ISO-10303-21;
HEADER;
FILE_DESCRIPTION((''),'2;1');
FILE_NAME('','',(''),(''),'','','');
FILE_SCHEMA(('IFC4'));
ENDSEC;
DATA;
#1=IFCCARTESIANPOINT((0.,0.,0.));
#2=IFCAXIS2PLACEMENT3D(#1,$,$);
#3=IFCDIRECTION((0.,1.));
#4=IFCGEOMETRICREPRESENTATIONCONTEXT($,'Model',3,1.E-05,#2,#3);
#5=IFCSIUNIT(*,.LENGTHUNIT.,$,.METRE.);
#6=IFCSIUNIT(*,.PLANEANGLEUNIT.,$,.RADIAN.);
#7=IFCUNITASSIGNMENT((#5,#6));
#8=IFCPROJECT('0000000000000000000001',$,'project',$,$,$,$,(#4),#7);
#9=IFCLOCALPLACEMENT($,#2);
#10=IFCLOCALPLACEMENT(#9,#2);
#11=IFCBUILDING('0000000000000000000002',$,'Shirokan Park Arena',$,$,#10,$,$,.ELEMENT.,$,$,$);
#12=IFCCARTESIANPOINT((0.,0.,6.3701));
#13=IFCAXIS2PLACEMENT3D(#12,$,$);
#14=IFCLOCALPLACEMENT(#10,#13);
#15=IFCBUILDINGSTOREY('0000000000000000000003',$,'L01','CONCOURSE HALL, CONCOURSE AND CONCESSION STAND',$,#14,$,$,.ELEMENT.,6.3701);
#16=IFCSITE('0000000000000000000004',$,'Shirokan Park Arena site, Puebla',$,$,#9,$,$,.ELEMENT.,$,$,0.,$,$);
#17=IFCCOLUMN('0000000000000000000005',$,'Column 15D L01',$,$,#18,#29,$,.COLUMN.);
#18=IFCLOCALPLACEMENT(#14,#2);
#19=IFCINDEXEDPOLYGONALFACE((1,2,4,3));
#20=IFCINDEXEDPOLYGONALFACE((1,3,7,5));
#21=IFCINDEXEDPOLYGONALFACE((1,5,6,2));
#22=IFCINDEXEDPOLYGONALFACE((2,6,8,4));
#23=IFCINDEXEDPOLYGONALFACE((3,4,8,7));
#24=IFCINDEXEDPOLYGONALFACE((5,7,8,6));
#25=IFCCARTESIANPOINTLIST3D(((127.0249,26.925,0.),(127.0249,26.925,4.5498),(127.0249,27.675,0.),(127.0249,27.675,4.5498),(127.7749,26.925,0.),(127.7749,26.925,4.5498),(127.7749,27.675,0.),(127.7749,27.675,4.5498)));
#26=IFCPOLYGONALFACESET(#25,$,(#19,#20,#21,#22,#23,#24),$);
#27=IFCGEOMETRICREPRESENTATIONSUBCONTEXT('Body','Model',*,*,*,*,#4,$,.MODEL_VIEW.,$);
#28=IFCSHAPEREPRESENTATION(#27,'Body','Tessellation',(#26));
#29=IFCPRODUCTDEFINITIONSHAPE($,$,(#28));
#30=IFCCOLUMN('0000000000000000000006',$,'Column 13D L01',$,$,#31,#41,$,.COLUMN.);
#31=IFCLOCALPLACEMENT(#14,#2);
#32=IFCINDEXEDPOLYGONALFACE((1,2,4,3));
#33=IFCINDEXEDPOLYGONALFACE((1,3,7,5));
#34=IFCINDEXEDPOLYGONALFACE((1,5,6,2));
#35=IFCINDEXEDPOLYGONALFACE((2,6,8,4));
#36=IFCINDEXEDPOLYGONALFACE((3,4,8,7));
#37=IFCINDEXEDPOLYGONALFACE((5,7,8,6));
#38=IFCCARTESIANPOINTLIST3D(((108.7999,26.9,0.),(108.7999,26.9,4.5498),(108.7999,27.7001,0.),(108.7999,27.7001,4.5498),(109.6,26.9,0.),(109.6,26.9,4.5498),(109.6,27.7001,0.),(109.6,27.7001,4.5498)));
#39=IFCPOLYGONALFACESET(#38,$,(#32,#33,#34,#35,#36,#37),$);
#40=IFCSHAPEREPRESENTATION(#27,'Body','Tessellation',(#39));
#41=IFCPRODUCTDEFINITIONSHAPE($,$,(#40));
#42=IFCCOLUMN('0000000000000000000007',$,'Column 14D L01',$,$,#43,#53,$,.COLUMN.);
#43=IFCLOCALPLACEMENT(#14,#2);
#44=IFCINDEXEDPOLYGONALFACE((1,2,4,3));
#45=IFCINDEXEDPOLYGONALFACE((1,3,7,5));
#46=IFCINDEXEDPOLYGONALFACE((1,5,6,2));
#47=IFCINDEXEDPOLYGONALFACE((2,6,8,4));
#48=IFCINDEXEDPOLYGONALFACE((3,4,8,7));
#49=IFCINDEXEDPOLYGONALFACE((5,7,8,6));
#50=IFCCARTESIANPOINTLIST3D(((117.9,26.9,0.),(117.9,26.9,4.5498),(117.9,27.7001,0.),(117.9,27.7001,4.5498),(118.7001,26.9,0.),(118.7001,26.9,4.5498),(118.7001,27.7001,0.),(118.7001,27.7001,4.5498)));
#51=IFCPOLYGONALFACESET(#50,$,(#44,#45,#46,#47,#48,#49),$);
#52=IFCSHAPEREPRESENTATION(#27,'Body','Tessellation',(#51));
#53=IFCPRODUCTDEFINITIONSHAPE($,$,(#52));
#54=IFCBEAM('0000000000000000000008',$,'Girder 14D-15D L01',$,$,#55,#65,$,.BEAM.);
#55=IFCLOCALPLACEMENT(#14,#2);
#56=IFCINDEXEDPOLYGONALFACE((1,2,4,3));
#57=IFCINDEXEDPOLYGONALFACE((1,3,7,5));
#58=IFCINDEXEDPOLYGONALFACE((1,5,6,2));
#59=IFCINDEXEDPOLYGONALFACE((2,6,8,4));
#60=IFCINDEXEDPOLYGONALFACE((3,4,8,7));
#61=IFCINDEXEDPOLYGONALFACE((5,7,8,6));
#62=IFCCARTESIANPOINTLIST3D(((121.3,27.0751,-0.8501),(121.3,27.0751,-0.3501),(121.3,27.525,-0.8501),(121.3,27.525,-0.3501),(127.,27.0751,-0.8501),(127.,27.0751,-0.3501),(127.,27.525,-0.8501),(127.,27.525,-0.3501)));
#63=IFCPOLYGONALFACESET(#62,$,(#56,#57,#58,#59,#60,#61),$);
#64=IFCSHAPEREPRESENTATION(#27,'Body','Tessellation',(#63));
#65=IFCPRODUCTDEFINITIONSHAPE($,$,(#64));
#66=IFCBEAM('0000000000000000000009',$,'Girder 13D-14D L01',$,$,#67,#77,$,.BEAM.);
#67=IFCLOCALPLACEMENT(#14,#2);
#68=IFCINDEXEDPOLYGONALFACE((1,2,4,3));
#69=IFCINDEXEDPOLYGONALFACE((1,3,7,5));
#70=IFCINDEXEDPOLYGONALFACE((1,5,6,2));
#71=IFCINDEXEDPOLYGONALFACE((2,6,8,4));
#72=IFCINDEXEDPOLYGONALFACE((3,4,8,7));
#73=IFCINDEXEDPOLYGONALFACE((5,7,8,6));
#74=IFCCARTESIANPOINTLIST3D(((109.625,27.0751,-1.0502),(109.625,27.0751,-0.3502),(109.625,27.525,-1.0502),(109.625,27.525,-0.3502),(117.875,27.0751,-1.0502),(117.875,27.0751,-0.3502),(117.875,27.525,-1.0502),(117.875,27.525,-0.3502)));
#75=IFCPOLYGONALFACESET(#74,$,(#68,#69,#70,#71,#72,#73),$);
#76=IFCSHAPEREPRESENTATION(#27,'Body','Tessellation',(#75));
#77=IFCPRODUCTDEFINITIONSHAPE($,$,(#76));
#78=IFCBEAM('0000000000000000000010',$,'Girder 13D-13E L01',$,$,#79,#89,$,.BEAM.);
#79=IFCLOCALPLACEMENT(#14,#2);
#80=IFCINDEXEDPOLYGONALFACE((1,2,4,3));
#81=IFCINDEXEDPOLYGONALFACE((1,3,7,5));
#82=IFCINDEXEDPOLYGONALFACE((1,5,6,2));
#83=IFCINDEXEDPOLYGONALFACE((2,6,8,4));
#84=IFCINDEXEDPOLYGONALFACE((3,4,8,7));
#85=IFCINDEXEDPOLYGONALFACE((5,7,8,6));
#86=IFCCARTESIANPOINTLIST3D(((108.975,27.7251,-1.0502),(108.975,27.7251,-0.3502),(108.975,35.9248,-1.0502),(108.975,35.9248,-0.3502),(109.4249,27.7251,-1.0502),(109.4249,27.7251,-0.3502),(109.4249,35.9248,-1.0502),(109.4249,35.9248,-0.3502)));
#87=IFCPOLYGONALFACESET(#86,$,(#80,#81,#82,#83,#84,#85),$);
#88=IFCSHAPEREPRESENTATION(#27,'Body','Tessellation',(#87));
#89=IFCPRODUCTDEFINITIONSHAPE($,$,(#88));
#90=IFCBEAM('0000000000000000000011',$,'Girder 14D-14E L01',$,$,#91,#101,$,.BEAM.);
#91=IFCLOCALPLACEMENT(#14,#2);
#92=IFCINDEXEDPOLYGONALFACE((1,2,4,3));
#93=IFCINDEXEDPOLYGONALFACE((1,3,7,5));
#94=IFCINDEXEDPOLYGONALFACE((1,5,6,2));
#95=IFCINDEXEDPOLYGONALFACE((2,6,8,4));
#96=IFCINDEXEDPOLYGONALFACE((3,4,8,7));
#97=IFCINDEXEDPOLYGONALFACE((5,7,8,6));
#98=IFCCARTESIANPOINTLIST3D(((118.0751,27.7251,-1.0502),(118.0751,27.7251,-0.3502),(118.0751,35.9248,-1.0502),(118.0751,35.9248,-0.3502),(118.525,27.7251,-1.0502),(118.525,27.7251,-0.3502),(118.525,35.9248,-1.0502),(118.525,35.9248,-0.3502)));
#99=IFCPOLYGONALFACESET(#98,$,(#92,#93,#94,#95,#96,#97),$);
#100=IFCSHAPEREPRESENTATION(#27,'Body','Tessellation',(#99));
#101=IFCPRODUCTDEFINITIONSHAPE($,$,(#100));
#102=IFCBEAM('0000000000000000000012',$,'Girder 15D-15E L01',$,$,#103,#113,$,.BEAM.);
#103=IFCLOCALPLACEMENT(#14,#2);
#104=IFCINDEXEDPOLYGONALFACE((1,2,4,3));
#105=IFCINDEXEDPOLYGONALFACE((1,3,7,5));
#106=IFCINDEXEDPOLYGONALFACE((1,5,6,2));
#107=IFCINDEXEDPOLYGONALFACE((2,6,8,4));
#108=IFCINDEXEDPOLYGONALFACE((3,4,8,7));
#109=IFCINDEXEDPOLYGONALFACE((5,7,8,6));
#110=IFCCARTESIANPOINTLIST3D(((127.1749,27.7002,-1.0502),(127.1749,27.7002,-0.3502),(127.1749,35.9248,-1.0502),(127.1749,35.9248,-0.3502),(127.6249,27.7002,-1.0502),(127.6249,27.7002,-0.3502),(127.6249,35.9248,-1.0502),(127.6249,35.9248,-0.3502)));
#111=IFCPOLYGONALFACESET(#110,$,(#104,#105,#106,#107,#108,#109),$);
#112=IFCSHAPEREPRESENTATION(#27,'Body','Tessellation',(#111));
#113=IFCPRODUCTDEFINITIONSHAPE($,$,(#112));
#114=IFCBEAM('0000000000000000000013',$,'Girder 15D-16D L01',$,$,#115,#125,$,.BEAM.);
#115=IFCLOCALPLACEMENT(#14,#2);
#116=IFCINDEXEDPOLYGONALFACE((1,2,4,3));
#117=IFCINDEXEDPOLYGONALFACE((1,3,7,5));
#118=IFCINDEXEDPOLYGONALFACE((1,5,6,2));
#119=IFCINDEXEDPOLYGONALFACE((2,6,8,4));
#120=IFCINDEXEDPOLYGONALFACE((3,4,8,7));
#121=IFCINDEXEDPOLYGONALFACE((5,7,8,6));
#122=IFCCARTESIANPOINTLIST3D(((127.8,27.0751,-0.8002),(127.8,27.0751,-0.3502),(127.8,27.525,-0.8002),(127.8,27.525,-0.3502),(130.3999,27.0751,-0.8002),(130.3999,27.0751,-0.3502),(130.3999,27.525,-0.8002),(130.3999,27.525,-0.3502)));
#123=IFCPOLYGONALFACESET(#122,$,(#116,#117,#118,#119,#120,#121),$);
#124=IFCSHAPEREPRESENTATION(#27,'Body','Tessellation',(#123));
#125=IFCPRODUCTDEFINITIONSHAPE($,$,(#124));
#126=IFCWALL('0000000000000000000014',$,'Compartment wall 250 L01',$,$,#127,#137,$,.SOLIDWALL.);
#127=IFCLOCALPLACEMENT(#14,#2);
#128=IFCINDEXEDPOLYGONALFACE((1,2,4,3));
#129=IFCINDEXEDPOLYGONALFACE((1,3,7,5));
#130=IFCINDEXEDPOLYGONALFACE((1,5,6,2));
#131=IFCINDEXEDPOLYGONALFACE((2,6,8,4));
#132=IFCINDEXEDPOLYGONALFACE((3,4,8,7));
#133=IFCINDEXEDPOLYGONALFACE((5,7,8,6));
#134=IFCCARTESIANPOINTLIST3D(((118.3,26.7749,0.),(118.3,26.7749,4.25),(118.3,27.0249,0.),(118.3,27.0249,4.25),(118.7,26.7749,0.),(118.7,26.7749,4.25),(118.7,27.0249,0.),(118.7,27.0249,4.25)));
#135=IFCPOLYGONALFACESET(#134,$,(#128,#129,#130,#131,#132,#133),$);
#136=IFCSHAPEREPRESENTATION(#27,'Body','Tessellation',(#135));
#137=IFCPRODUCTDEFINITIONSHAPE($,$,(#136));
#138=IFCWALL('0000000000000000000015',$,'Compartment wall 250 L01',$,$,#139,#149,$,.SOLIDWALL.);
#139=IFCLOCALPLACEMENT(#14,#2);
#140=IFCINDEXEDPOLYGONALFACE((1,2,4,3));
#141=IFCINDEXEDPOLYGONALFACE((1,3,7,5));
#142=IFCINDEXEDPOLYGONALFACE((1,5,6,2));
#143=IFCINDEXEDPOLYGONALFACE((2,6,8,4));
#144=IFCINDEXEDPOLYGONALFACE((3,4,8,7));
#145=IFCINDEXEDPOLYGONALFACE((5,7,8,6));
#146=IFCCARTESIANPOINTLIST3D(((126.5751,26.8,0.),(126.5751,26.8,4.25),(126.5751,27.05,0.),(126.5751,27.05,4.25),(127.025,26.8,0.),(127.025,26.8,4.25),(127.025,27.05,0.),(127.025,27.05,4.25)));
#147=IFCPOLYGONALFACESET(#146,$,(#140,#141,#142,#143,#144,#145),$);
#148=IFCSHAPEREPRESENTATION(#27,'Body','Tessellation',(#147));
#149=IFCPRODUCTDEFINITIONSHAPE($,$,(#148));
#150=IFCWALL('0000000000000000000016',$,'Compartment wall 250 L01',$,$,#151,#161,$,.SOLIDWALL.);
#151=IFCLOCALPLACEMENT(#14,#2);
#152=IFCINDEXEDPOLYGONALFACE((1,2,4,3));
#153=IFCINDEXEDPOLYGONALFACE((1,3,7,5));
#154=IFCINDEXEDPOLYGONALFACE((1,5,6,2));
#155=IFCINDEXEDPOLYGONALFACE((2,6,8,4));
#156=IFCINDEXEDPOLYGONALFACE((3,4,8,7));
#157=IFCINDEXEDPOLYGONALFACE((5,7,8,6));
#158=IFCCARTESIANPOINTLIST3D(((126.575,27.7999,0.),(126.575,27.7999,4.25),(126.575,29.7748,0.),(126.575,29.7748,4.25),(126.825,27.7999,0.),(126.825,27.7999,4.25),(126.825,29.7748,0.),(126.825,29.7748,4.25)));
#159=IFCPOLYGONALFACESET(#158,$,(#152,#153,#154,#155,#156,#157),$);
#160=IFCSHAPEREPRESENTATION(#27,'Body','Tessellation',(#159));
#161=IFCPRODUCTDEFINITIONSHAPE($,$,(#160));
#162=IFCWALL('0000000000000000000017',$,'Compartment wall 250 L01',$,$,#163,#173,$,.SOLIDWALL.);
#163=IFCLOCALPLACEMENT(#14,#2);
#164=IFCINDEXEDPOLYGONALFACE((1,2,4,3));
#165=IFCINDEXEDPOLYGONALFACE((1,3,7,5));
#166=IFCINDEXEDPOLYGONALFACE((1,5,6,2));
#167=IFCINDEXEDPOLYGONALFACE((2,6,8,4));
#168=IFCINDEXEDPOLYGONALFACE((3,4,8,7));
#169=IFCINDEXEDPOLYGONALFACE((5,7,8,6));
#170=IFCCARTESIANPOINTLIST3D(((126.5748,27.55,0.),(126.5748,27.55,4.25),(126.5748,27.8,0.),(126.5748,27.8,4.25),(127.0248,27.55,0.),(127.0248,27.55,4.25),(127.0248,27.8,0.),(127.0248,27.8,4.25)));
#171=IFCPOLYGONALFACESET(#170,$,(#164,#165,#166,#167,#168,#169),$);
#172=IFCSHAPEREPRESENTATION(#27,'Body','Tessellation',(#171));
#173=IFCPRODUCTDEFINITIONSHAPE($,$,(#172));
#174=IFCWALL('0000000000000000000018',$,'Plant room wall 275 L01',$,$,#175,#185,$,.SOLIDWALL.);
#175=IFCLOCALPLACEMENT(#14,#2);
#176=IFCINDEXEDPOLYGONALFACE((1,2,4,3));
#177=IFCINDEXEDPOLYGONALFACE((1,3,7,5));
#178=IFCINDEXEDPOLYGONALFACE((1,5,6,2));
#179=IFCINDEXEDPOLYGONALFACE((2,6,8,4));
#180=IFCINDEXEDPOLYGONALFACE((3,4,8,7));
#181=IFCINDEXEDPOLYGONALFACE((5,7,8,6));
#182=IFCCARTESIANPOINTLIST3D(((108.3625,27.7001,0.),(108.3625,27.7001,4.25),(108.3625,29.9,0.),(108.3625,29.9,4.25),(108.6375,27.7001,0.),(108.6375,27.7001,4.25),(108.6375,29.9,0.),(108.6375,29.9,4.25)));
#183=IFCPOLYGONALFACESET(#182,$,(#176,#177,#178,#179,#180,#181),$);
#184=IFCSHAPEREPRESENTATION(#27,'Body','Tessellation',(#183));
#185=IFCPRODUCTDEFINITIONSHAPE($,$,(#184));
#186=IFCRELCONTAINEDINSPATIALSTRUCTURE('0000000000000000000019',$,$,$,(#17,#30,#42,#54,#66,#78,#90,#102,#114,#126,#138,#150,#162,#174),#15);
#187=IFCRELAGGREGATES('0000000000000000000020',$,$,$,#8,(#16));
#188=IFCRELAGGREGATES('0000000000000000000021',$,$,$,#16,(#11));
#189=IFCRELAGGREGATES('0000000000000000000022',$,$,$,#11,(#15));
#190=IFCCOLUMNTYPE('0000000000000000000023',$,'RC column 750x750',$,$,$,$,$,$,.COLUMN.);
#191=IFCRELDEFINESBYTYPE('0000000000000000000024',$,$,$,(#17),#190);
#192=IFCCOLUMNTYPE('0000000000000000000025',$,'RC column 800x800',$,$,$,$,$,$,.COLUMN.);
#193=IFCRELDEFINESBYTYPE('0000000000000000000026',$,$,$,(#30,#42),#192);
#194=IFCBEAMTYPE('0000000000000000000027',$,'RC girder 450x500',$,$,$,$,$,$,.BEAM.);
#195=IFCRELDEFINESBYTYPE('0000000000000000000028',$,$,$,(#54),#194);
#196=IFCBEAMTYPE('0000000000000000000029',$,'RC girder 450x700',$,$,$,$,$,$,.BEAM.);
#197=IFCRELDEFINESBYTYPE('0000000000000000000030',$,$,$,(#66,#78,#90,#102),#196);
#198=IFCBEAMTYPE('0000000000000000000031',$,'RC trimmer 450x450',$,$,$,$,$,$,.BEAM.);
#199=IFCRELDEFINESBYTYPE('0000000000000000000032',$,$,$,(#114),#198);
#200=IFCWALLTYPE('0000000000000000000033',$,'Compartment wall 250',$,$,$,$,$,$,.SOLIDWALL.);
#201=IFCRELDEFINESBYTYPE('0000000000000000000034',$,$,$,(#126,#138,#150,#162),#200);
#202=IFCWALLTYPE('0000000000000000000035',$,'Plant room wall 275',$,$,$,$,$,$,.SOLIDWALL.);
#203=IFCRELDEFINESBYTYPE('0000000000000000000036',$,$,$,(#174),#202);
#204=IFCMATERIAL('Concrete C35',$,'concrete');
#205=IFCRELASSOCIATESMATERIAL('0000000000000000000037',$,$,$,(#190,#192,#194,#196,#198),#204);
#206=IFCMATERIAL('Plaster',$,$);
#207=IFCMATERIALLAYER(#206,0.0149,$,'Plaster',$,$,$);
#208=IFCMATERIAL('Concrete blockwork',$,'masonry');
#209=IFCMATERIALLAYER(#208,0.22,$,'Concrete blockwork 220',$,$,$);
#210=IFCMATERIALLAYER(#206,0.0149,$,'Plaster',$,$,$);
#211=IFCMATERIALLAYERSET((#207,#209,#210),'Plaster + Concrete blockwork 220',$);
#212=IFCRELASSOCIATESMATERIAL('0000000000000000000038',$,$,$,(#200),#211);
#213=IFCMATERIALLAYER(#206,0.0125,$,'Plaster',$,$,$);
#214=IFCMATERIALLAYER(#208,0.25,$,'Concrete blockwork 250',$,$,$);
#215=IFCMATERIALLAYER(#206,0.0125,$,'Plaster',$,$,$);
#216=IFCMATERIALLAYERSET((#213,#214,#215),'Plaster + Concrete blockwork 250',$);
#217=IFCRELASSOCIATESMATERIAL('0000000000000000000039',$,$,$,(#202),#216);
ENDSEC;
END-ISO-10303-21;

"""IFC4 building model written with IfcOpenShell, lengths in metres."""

from ifc_helpers import new_model, si_unit, direction, frame, frame_2d, origin, origin_2d, place, context, subcontext, project, spatial, rectangle, extrude, material, layer, layer_set, material_profile, profile_set, type_object, element, save


model = new_model("IFC4")

# Units and contexts
model_context = context("Model", 3, precision=1e-05, world=origin(), true_north=direction((0.0, 1.0)))
body_context = subcontext(model_context, "Body", "Model", "MODEL_VIEW")
ifc_project = project(units=[si_unit("LENGTHUNIT", "METRE"), si_unit("PLANEANGLEUNIT", "RADIAN")], contexts=[model_context])

# Site, building, storey
site_placement = place(None, origin())
site = spatial("IfcSite", under=ifc_project, at=site_placement, Name="Shirokan Park Arena site, Puebla", CompositionType="ELEMENT", RefElevation=0.0)
building_placement = place(site_placement, origin())
building = spatial("IfcBuilding", under=site, at=building_placement, Name="Shirokan Park Arena", CompositionType="ELEMENT")
storey_placement = place(building_placement, frame((0.0, 0.0, 6.3701)))
storey = spatial("IfcBuildingStorey", under=building, at=storey_placement, Name="L01", Description="CONCOURSE HALL, CONCOURSE AND CONCESSION STAND", CompositionType="ELEMENT", Elevation=6.3701)

# Columns
ifc_material_1 = material(Name="Concrete C35", Category="concrete")
ifc_material_profile_1 = material_profile(ifc_material_1, rectangle(XDim=0.75, YDim=0.75, at=origin_2d()), Name="750x750")
ifc_profile_set_1 = profile_set([ifc_material_profile_1], Name="Concrete C35")
column_type_1 = type_object("IfcColumnType", Name="RC column 750x750", PredefinedType="COLUMN", material=ifc_profile_set_1)
column_placement = place(storey_placement, frame((127.3999, 27.3, 0.0), z_axis=(0.0, 0.0, 1.0), x_axis=(1.0, 0.0, 0.0)))
element("IfcColumn", 1, at=column_placement, inside=storey, type_object=column_type_1, Name="Column 15D L01", PredefinedType="COLUMN", context=body_context, shape_type="SweptSolid", body=[
    extrude(rectangle(XDim=0.75, YDim=0.75, at=origin_2d()), origin(), (0.0, 0.0, 1.0), 4.5498),
])
ifc_material_profile_2 = material_profile(ifc_material_1, rectangle(XDim=0.8, YDim=0.8, at=origin_2d()), Name="800x800")
ifc_profile_set_2 = profile_set([ifc_material_profile_2], Name="Concrete C35")
column_type_2 = type_object("IfcColumnType", Name="RC column 800x800", PredefinedType="COLUMN", material=ifc_profile_set_2)
for number, where, z_axis, x_axis, name in (
    (2, (109.2, 27.3, 0.0), (0.0, 0.0, 1.0), (1.0, 0.0, 0.0), "Column 13D L01"),
    (3, (118.3, 27.3, 0.0), (0.0, 0.0, 1.0), (1.0, 0.0, 0.0), "Column 14D L01"),
):
    element("IfcColumn", number, at=place(storey_placement, frame(where, z_axis=z_axis, x_axis=x_axis)), inside=storey, type_object=column_type_2, Name=name, PredefinedType="COLUMN", context=body_context, shape_type="SweptSolid", body=[
        extrude(rectangle(XDim=0.8, YDim=0.8, at=origin_2d()), origin(), (0.0, 0.0, 1.0), 4.5498),
    ])

# Beams
ifc_material_profile_3 = material_profile(ifc_material_1, rectangle(XDim=0.45, YDim=0.5, at=origin_2d()), Name="450x500")
ifc_profile_set_3 = profile_set([ifc_material_profile_3], Name="Concrete C35")
beam_type_1 = type_object("IfcBeamType", Name="RC girder 450x500", PredefinedType="BEAM", material=ifc_profile_set_3)
beam_1_placement = place(storey_placement, frame((121.3, 27.3, -0.6001), z_axis=(1.0, 0.0, 0.0), x_axis=(0.0, 1.0, 0.0)))
element("IfcBeam", 4, at=beam_1_placement, inside=storey, type_object=beam_type_1, Name="Girder 14D-15D L01", PredefinedType="BEAM", context=body_context, shape_type="SweptSolid", body=[
    extrude(rectangle(XDim=0.45, YDim=0.5, at=origin_2d()), origin(), (0.0, 0.0, 1.0), 5.7),
])
ifc_material_profile_4 = material_profile(ifc_material_1, rectangle(XDim=0.45, YDim=0.7, at=origin_2d()), Name="450x700")
ifc_profile_set_4 = profile_set([ifc_material_profile_4], Name="Concrete C35")
beam_type_2 = type_object("IfcBeamType", Name="RC girder 450x700", PredefinedType="BEAM", material=ifc_profile_set_4)
beam_2_placement = place(storey_placement, frame((109.625, 27.3, -0.7002), z_axis=(1.0, 0.0, 0.0), x_axis=(0.0, 1.0, 0.0)))
element("IfcBeam", 5, at=beam_2_placement, inside=storey, type_object=beam_type_2, Name="Girder 13D-14D L01", PredefinedType="BEAM", context=body_context, shape_type="SweptSolid", body=[
    extrude(rectangle(XDim=0.45, YDim=0.7, at=origin_2d()), origin(), (0.0, 0.0, 1.0), 8.25),
])
for number, where, z_axis, x_axis, name in (
    (6, (109.2, 27.7251, -0.7002), (0.0, 1.0, 0.0), (-1.0, 0.0, 0.0), "Girder 13D-13E L01"),
    (7, (118.3, 27.7251, -0.7002), (0.0, 1.0, 0.0), (-1.0, 0.0, 0.0), "Girder 14D-14E L01"),
):
    element("IfcBeam", number, at=place(storey_placement, frame(where, z_axis=z_axis, x_axis=x_axis)), inside=storey, type_object=beam_type_2, Name=name, PredefinedType="BEAM", context=body_context, shape_type="SweptSolid", body=[
        extrude(rectangle(XDim=0.45, YDim=0.7, at=origin_2d()), origin(), (0.0, 0.0, 1.0), 8.1997),
    ])
beam_3_placement = place(storey_placement, frame((127.3999, 27.7002, -0.7002), z_axis=(0.0, 1.0, 0.0), x_axis=(-1.0, 0.0, 0.0)))
element("IfcBeam", 8, at=beam_3_placement, inside=storey, type_object=beam_type_2, Name="Girder 15D-15E L01", PredefinedType="BEAM", context=body_context, shape_type="SweptSolid", body=[
    extrude(rectangle(XDim=0.45, YDim=0.7, at=origin_2d()), origin(), (0.0, 0.0, 1.0), 8.2246),
])
ifc_material_profile_5 = material_profile(ifc_material_1, rectangle(XDim=0.45, YDim=0.45, at=origin_2d()), Name="450x450")
ifc_profile_set_5 = profile_set([ifc_material_profile_5], Name="Concrete C35")
beam_type_3 = type_object("IfcBeamType", Name="RC trimmer 450x450", PredefinedType="BEAM", material=ifc_profile_set_5)
beam_4_placement = place(storey_placement, frame((127.8, 27.3, -0.5752), z_axis=(1.0, 0.0, 0.0), x_axis=(0.0, 1.0, 0.0)))
element("IfcBeam", 9, at=beam_4_placement, inside=storey, type_object=beam_type_3, Name="Girder 15D-16D L01", PredefinedType="BEAM", context=body_context, shape_type="SweptSolid", body=[
    extrude(rectangle(XDim=0.45, YDim=0.45, at=origin_2d()), origin(), (0.0, 0.0, 1.0), 2.5999),
])

# Walls
ifc_material_2 = material(Name="Plaster")
ifc_layer_1 = layer(ifc_material_2, 0.0149, Name="Plaster")
ifc_material_3 = material(Name="Concrete blockwork", Category="masonry")
ifc_layer_2 = layer(ifc_material_3, 0.22, Name="Concrete blockwork 220")
ifc_layer_3 = layer(ifc_material_2, 0.0149, Name="Plaster")
ifc_layer_set_1 = layer_set([ifc_layer_1, ifc_layer_2, ifc_layer_3], Name="Plaster + Concrete blockwork 220")
wall_type_1 = type_object("IfcWallType", Name="Compartment wall 250", PredefinedType="SOLIDWALL", material=ifc_layer_set_1)
wall_1_placement = place(storey_placement, frame((118.3, 26.8999, 0.0), z_axis=(0.0, 0.0, 1.0), x_axis=(1.0, 0.0, 0.0)))
element("IfcWall", 10, at=wall_1_placement, inside=storey, type_object=wall_type_1, Name="Compartment wall 250 L01", PredefinedType="SOLIDWALL", context=body_context, shape_type="SweptSolid", body=[
    extrude(rectangle(XDim=0.3999, YDim=0.25, at=frame_2d((0.2, 0.0))), origin(), (0.0, 0.0, 1.0), 4.25),
])
wall_2_placement = place(storey_placement, frame((126.575, 26.925, 0.0), z_axis=(0.0, 0.0, 1.0), x_axis=(1.0, 0.0, 0.0)))
element("IfcWall", 11, at=wall_2_placement, inside=storey, type_object=wall_type_1, Name="Compartment wall 250 L01", PredefinedType="SOLIDWALL", context=body_context, shape_type="SweptSolid", body=[
    extrude(rectangle(XDim=0.45, YDim=0.25, at=frame_2d((0.2251, 0.0))), origin(), (0.0, 0.0, 1.0), 4.25),
])
wall_3_placement = place(storey_placement, frame((126.7, 27.8, 0.0), z_axis=(0.0, 0.0, 1.0), x_axis=(0.0, 1.0, 0.0)))
element("IfcWall", 12, at=wall_3_placement, inside=storey, type_object=wall_type_1, Name="Compartment wall 250 L01", PredefinedType="SOLIDWALL", context=body_context, shape_type="SweptSolid", body=[
    extrude(rectangle(XDim=1.9749, YDim=0.25, at=frame_2d((0.9873, 0.0))), origin(), (0.0, 0.0, 1.0), 4.25),
])
wall_4_placement = place(storey_placement, frame((127.0249, 27.675, 0.0), z_axis=(0.0, 0.0, 1.0), x_axis=(-1.0, 0.0, 0.0)))
element("IfcWall", 13, at=wall_4_placement, inside=storey, type_object=wall_type_1, Name="Compartment wall 250 L01", PredefinedType="SOLIDWALL", context=body_context, shape_type="SweptSolid", body=[
    extrude(rectangle(XDim=0.45, YDim=0.25, at=frame_2d((0.2251, 0.0))), origin(), (0.0, 0.0, 1.0), 4.25),
])
ifc_layer_4 = layer(ifc_material_2, 0.0125, Name="Plaster")
ifc_layer_5 = layer(ifc_material_3, 0.25, Name="Concrete blockwork 250")
ifc_layer_6 = layer(ifc_material_2, 0.0125, Name="Plaster")
ifc_layer_set_2 = layer_set([ifc_layer_4, ifc_layer_5, ifc_layer_6], Name="Plaster + Concrete blockwork 250")
wall_type_2 = type_object("IfcWallType", Name="Plant room wall 275", PredefinedType="SOLIDWALL", material=ifc_layer_set_2)
wall_5_placement = place(storey_placement, frame((108.5, 27.7, 0.0), z_axis=(0.0, 0.0, 1.0), x_axis=(0.0, 1.0, 0.0)))
element("IfcWall", 14, at=wall_5_placement, inside=storey, type_object=wall_type_2, Name="Plant room wall 275 L01", PredefinedType="SOLIDWALL", context=body_context, shape_type="SweptSolid", body=[
    extrude(rectangle(XDim=2.2, YDim=0.2749, at=frame_2d((1.1001, 0.0))), origin(), (0.0, 0.0, 1.0), 4.25),
])

save(model, "model.ifc")
